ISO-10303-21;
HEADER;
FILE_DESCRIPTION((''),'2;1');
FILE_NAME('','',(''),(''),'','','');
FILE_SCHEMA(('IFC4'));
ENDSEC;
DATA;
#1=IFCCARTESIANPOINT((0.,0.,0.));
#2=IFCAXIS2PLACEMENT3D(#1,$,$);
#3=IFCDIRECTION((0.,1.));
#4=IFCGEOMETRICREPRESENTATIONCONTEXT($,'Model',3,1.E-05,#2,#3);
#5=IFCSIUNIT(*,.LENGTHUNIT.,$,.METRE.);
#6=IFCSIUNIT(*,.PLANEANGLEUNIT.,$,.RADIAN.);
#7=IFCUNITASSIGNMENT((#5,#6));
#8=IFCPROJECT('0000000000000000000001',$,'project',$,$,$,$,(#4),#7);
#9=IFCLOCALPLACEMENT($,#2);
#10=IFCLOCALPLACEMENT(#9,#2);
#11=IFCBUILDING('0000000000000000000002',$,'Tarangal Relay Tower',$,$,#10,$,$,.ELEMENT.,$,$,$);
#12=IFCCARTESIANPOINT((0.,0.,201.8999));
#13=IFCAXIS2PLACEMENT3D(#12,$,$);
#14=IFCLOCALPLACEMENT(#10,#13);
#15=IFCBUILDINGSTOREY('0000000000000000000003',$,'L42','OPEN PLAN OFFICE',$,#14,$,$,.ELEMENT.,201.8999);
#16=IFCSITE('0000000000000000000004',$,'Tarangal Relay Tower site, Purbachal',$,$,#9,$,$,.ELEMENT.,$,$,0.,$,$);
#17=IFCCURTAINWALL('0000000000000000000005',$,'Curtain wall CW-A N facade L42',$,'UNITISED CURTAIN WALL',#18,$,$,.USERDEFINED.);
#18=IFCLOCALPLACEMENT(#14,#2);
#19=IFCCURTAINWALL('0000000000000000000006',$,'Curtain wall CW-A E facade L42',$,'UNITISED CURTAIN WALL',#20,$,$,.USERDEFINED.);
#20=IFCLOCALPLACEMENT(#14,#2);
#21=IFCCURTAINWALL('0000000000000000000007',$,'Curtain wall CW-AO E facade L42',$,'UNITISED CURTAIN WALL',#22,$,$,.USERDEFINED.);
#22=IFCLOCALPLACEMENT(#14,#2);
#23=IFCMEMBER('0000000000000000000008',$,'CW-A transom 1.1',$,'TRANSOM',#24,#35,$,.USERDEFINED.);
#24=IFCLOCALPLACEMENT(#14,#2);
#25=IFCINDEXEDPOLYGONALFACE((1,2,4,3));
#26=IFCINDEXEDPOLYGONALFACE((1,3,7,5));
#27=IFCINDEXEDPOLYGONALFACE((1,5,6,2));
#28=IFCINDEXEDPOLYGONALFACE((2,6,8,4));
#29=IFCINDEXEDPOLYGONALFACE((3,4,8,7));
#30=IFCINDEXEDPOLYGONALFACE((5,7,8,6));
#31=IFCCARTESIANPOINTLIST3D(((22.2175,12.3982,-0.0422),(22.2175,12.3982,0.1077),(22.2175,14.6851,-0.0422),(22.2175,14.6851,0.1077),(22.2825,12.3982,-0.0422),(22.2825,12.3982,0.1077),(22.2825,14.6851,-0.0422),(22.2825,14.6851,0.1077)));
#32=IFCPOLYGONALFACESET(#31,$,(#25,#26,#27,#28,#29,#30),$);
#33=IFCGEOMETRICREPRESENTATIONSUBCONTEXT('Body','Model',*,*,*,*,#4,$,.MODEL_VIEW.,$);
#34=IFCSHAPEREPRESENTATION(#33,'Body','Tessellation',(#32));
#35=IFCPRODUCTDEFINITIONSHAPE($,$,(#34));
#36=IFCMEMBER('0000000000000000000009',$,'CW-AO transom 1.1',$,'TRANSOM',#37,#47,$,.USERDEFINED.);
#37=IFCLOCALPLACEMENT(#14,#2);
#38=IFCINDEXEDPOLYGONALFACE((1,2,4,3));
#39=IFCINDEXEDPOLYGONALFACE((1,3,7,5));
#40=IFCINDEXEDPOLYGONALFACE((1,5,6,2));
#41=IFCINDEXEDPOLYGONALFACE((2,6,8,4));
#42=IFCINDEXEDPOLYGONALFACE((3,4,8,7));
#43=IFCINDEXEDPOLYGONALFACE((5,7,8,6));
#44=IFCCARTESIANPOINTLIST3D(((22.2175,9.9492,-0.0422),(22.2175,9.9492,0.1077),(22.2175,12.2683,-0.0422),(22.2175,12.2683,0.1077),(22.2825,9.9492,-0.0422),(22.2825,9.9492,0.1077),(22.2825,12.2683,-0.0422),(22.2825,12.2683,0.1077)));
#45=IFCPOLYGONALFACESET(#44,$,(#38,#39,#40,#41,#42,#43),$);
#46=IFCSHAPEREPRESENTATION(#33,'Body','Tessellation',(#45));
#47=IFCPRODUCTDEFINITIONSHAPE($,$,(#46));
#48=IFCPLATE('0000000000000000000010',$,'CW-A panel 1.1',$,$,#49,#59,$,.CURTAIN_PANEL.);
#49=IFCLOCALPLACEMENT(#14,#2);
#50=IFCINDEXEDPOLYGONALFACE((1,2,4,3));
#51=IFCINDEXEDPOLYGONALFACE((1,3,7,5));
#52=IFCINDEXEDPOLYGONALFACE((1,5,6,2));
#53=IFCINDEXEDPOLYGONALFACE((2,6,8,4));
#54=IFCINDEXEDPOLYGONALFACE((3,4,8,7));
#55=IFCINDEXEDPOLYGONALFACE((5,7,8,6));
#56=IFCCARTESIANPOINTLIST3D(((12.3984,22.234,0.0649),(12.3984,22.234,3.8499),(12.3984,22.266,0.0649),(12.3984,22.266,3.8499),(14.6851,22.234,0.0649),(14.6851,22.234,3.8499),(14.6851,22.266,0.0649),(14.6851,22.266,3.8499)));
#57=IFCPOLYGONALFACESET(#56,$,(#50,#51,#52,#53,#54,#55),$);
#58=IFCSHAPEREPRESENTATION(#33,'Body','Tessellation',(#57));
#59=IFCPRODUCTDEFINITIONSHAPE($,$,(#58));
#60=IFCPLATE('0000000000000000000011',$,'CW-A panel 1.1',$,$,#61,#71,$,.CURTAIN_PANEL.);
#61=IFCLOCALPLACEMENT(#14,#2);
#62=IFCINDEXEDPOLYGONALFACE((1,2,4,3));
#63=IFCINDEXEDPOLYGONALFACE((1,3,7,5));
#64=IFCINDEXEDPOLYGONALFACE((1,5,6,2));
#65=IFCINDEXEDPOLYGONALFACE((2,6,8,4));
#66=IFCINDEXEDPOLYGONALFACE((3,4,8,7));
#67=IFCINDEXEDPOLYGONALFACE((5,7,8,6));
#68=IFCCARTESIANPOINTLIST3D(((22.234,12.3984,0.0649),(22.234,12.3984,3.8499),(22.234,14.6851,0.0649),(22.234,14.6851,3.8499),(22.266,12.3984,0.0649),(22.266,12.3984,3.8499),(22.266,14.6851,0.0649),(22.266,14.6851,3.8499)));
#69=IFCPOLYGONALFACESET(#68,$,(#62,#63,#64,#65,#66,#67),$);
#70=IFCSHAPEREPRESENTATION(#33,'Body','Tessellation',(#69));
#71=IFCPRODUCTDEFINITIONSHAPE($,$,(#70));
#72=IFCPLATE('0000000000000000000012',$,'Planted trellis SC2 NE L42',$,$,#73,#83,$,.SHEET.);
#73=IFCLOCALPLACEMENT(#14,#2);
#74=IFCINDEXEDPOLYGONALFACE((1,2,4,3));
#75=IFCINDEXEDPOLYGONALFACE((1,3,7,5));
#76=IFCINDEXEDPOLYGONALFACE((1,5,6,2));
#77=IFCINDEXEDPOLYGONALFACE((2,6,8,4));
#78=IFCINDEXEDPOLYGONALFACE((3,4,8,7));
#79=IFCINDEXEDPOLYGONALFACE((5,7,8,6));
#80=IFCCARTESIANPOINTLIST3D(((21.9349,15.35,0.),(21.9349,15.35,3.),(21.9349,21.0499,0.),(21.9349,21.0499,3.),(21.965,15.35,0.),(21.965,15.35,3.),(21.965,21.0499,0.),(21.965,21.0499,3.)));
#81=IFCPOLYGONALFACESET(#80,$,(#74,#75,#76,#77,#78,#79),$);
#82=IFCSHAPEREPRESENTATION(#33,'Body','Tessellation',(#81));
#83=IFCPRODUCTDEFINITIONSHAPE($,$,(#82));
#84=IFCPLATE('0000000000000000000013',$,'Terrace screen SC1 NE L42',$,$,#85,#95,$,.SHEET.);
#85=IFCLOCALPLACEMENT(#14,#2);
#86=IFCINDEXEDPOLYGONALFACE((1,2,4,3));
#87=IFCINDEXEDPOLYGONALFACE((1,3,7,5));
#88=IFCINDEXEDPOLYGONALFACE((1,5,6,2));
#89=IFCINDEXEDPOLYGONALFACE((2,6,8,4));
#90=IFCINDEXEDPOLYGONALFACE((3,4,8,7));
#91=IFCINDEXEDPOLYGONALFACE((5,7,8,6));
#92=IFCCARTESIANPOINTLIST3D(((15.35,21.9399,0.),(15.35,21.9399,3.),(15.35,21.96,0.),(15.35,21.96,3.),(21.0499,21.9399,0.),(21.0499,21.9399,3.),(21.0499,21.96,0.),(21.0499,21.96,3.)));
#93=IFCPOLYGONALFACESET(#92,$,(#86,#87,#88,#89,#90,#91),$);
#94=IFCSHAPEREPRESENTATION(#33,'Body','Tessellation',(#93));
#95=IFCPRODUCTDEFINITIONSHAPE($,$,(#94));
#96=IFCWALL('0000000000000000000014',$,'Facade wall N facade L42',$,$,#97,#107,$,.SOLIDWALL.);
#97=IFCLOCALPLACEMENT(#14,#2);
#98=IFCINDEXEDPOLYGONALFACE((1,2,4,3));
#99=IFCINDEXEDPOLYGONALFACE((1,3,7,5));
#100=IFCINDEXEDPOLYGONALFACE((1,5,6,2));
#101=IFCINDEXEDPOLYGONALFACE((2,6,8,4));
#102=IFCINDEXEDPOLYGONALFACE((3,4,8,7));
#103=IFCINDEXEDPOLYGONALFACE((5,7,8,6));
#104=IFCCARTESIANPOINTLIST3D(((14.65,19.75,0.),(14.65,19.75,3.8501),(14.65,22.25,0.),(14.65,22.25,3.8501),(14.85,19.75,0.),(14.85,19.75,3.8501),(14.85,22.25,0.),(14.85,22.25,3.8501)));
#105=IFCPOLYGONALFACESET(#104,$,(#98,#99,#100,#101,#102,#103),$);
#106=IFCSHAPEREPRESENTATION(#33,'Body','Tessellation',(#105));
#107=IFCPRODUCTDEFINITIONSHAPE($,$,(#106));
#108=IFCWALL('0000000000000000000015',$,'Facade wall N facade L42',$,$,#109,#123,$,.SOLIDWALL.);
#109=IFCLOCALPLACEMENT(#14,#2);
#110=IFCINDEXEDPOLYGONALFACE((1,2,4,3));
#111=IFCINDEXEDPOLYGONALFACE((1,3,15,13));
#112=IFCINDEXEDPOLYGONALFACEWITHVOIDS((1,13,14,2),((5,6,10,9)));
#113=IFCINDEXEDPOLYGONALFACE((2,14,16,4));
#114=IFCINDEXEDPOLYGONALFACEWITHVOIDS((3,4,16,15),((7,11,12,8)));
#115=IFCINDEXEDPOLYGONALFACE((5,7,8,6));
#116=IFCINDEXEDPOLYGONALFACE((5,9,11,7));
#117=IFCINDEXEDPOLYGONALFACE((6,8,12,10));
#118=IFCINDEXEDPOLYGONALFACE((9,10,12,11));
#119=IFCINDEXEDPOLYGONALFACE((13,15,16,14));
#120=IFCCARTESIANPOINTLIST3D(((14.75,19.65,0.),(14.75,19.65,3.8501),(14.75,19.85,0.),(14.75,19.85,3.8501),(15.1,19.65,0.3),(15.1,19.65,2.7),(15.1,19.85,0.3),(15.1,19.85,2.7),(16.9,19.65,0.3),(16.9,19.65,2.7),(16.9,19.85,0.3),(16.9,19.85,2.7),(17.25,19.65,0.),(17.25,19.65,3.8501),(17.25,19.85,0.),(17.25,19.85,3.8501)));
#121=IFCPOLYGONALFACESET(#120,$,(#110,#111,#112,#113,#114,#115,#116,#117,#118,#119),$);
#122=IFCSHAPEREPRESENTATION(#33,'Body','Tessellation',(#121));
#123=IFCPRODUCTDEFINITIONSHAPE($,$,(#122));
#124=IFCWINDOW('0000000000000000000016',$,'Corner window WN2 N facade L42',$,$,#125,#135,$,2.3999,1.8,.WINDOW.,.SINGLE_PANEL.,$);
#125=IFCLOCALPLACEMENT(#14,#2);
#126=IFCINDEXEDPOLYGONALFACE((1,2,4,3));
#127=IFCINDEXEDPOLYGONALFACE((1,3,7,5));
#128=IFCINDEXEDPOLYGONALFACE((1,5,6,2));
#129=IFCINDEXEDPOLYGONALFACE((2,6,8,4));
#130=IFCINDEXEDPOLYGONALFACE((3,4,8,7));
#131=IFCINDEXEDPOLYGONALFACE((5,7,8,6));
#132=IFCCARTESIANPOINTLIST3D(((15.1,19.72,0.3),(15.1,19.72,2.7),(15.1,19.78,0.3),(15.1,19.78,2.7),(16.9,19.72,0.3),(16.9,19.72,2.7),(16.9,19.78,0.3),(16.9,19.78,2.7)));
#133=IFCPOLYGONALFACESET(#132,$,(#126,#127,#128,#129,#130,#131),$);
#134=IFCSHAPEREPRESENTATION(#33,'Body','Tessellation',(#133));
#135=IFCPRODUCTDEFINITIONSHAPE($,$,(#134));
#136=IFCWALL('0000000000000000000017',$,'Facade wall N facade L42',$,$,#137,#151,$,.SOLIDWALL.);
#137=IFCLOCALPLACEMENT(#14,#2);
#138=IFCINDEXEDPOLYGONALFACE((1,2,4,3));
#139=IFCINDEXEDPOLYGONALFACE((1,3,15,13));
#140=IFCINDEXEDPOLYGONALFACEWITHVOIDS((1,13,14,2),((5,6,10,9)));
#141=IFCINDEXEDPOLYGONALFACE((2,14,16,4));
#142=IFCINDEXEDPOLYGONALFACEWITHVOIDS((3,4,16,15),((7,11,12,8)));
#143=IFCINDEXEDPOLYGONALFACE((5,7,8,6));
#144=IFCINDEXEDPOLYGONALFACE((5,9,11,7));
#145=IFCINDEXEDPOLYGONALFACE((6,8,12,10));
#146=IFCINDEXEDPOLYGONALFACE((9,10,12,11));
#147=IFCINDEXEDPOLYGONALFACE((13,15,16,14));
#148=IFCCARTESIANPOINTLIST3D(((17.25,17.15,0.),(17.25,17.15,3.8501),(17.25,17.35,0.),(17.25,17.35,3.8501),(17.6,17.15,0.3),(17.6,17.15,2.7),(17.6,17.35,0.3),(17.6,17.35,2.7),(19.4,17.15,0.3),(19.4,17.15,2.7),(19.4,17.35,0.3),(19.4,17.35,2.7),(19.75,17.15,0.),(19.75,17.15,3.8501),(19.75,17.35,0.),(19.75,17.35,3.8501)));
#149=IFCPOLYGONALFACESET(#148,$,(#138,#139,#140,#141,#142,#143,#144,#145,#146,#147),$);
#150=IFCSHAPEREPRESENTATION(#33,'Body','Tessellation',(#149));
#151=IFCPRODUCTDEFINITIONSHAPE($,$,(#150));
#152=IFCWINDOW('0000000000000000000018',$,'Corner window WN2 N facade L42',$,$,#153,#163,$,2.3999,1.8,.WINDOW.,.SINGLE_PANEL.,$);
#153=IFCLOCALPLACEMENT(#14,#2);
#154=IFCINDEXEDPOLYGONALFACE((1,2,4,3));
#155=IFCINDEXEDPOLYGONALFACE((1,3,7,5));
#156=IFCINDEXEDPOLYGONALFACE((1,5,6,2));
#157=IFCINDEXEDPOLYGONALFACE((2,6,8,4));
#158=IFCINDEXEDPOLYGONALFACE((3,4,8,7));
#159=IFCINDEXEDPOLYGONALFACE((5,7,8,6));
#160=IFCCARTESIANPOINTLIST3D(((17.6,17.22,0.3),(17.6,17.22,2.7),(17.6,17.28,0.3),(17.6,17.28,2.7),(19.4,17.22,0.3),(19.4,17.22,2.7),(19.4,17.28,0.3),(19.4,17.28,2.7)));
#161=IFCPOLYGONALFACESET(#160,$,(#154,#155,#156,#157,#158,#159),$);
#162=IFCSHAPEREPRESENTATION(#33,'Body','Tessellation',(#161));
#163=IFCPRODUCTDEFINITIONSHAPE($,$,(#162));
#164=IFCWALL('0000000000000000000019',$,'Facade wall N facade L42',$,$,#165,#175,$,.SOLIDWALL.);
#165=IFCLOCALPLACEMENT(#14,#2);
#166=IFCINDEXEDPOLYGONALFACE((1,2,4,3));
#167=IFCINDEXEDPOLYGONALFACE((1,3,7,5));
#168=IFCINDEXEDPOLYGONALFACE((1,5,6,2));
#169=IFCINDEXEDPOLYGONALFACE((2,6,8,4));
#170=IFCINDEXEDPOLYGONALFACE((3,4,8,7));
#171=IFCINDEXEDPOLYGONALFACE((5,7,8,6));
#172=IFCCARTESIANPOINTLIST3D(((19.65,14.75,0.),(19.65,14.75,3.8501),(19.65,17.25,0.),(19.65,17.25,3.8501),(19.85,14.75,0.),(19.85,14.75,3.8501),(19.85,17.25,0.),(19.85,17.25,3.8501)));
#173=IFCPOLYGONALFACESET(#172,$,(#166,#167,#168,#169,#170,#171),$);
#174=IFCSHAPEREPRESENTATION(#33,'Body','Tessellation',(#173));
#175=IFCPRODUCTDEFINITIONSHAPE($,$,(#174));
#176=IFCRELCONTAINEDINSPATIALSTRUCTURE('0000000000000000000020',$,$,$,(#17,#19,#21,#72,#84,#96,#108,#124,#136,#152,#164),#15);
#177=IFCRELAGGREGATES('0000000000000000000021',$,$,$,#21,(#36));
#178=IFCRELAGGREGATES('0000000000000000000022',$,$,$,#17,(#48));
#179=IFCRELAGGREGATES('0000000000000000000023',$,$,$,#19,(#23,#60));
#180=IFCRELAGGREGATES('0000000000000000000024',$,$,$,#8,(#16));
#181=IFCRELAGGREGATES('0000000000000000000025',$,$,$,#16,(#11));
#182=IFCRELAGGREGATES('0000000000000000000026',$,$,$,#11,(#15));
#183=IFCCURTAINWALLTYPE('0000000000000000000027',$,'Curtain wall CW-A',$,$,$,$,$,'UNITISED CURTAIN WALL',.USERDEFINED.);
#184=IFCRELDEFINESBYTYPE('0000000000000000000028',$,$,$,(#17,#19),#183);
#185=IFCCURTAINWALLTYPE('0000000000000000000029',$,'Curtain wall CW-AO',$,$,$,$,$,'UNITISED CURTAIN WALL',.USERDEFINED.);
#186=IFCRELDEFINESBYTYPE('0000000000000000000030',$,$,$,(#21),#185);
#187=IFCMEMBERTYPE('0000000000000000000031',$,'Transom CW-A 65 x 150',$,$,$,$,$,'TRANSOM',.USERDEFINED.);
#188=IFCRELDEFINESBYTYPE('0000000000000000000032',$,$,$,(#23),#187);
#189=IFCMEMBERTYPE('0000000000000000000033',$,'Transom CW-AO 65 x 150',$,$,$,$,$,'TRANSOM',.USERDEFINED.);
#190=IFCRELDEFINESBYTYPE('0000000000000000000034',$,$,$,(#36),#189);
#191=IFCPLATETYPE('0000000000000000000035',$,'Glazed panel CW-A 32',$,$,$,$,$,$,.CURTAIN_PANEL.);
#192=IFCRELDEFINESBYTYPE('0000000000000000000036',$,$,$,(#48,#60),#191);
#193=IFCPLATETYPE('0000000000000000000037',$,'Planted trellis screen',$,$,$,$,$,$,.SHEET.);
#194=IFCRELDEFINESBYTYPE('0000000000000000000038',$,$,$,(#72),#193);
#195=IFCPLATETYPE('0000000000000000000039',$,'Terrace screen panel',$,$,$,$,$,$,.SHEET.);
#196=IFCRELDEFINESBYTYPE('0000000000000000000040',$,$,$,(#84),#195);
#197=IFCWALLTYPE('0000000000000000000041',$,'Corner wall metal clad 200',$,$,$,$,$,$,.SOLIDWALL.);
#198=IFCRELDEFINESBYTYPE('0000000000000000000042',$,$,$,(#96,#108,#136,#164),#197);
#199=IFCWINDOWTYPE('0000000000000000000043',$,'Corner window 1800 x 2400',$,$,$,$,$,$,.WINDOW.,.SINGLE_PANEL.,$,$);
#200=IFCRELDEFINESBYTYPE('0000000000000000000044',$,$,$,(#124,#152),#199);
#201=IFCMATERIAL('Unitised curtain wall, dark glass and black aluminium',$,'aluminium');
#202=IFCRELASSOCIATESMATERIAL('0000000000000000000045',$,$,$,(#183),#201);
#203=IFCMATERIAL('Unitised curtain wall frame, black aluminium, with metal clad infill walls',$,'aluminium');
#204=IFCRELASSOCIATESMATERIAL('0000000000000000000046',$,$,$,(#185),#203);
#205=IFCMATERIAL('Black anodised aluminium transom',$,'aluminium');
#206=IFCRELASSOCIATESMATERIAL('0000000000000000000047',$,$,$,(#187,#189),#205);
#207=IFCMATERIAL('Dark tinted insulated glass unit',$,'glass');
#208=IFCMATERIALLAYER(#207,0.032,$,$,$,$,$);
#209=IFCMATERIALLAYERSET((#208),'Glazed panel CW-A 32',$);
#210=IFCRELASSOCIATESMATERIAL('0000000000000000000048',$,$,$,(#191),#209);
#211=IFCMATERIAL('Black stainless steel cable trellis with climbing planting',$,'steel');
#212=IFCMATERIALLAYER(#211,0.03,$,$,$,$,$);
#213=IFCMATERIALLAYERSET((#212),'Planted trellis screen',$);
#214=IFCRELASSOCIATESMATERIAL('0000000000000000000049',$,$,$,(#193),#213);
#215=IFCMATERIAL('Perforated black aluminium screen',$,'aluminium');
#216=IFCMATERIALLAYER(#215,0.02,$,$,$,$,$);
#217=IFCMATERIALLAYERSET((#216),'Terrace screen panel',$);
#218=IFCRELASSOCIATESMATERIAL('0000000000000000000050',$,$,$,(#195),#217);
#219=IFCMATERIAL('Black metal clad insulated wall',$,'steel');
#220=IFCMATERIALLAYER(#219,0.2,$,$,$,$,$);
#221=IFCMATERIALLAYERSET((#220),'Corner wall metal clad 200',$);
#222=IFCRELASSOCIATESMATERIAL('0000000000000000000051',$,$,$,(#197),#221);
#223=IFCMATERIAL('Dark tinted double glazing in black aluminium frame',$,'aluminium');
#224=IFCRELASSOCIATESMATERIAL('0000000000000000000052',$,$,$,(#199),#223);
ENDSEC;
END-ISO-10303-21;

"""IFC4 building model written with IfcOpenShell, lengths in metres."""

from ifc_helpers import new_model, si_unit, direction, frame, frame_2d, origin, origin_2d, place, context, subcontext, project, spatial, rectangle, extrude, material, layer, layer_set, material_profile, profile_set, type_object, element, fill, aggregate, save


model = new_model("IFC4")

# Units and contexts
model_context = context("Model", 3, precision=1e-05, world=origin(), true_north=direction((0.0, 1.0)))
body_context = subcontext(model_context, "Body", "Model", "MODEL_VIEW")
ifc_project = project(units=[si_unit("LENGTHUNIT", "METRE"), si_unit("PLANEANGLEUNIT", "RADIAN")], contexts=[model_context])

# Site, building, storey
site_placement = place(None, origin())
site = spatial("IfcSite", under=ifc_project, at=site_placement, Name="Tarangal Relay Tower site, Purbachal", CompositionType="ELEMENT", RefElevation=0.0)
building_placement = place(site_placement, origin())
building = spatial("IfcBuilding", under=site, at=building_placement, Name="Tarangal Relay Tower", CompositionType="ELEMENT")
storey_placement = place(building_placement, frame((0.0, 0.0, 201.8999)))
storey = spatial("IfcBuildingStorey", under=building, at=storey_placement, Name="L42", Description="OPEN PLAN OFFICE", CompositionType="ELEMENT", Elevation=201.8999)

# Curtain walls
ifc_material_1 = material(Name="Unitised curtain wall, dark glass and black aluminium", Category="aluminium")
curtain_wall_type_1 = type_object("IfcCurtainWallType", Name="Curtain wall CW-A", ElementType="UNITISED CURTAIN WALL", PredefinedType="USERDEFINED", material=ifc_material_1)
curtain_wall_1_placement = place(storey_placement, origin())
curtain_wall_1 = element("IfcCurtainWall", 1, at=curtain_wall_1_placement, inside=storey, type_object=curtain_wall_type_1, Name="Curtain wall CW-A N facade L42", ObjectType="UNITISED CURTAIN WALL", PredefinedType="USERDEFINED")
curtain_wall_2_placement = place(storey_placement, origin())
curtain_wall_2 = element("IfcCurtainWall", 2, at=curtain_wall_2_placement, inside=storey, type_object=curtain_wall_type_1, Name="Curtain wall CW-A E facade L42", ObjectType="UNITISED CURTAIN WALL", PredefinedType="USERDEFINED")

# Curtain wall
ifc_material_2 = material(Name="Unitised curtain wall frame, black aluminium, with metal clad infill walls", Category="aluminium")
curtain_wall_type_2 = type_object("IfcCurtainWallType", Name="Curtain wall CW-AO", ElementType="UNITISED CURTAIN WALL", PredefinedType="USERDEFINED", material=ifc_material_2)
curtain_wall_3_placement = place(storey_placement, origin())
curtain_wall_3 = element("IfcCurtainWall", 3, at=curtain_wall_3_placement, inside=storey, type_object=curtain_wall_type_2, Name="Curtain wall CW-AO E facade L42", ObjectType="UNITISED CURTAIN WALL", PredefinedType="USERDEFINED")

# Members
ifc_material_3 = material(Name="Black anodised aluminium transom", Category="aluminium")
ifc_material_profile_1 = material_profile(ifc_material_3, rectangle(XDim=0.0649, YDim=0.1499, at=origin_2d()), Name="CW-AT 65X150")
ifc_profile_set_1 = profile_set([ifc_material_profile_1], Name="Black anodised aluminium transom")
member_type_1 = type_object("IfcMemberType", Name="Transom CW-A 65 x 150", ElementType="TRANSOM", PredefinedType="USERDEFINED", material=ifc_profile_set_1)
member_1_placement = place(storey_placement, frame((22.25, 14.6851, 0.0327), z_axis=(0.0, -1.0, 0.0), x_axis=(1.0, 0.0, 0.0)))
member_1 = element("IfcMember", 4, at=member_1_placement, type_object=member_type_1, Name="CW-A transom 1.1", ObjectType="TRANSOM", PredefinedType="USERDEFINED", context=body_context, shape_type="SweptSolid", body=[
    extrude(rectangle(XDim=0.0649, YDim=0.1499, at=origin_2d()), origin(), (0.0, 0.0, 1.0), 2.2869),
])
ifc_material_profile_2 = material_profile(ifc_material_3, rectangle(XDim=0.0649, YDim=0.1499, at=origin_2d()), Name="CW-AOT 65X150")
ifc_profile_set_2 = profile_set([ifc_material_profile_2], Name="Black anodised aluminium transom")
member_type_2 = type_object("IfcMemberType", Name="Transom CW-AO 65 x 150", ElementType="TRANSOM", PredefinedType="USERDEFINED", material=ifc_profile_set_2)
member_2_placement = place(storey_placement, frame((22.25, 12.2683, 0.0327), z_axis=(0.0, -1.0, 0.0), x_axis=(1.0, 0.0, 0.0)))
member_2 = element("IfcMember", 5, at=member_2_placement, type_object=member_type_2, Name="CW-AO transom 1.1", ObjectType="TRANSOM", PredefinedType="USERDEFINED", context=body_context, shape_type="SweptSolid", body=[
    extrude(rectangle(XDim=0.0649, YDim=0.1499, at=origin_2d()), origin(), (0.0, 0.0, 1.0), 2.3191),
])
aggregate(curtain_wall_3, [member_2])

# Plates
ifc_material_4 = material(Name="Dark tinted insulated glass unit", Category="glass")
ifc_layer_1 = layer(ifc_material_4, 0.032)
ifc_layer_set_1 = layer_set([ifc_layer_1], Name="Glazed panel CW-A 32")
plate_type_1 = type_object("IfcPlateType", Name="Glazed panel CW-A 32", PredefinedType="CURTAIN_PANEL", material=ifc_layer_set_1)
plate_1_placement = place(storey_placement, frame((13.5417, 22.25, 0.0649), z_axis=(0.0, 0.0, 1.0), x_axis=(1.0, 0.0, 0.0)))
plate_1 = element("IfcPlate", 6, at=plate_1_placement, type_object=plate_type_1, Name="CW-A panel 1.1", PredefinedType="CURTAIN_PANEL", context=body_context, shape_type="SweptSolid", body=[
    extrude(rectangle(XDim=2.2866, YDim=0.032, at=origin_2d()), origin(), (0.0, 0.0, 1.0), 3.7849),
])
aggregate(curtain_wall_1, [plate_1])
plate_2_placement = place(storey_placement, frame((22.25, 13.5417, 0.0649), z_axis=(0.0, 0.0, 1.0), x_axis=(0.0, -1.0, 0.0)))
plate_2 = element("IfcPlate", 7, at=plate_2_placement, type_object=plate_type_1, Name="CW-A panel 1.1", PredefinedType="CURTAIN_PANEL", context=body_context, shape_type="SweptSolid", body=[
    extrude(rectangle(XDim=2.2866, YDim=0.032, at=origin_2d()), origin(), (0.0, 0.0, 1.0), 3.7849),
])
aggregate(curtain_wall_2, [member_1, plate_2])

# Plates
ifc_material_5 = material(Name="Black stainless steel cable trellis with climbing planting", Category="steel")
ifc_layer_2 = layer(ifc_material_5, 0.03)
ifc_layer_set_2 = layer_set([ifc_layer_2], Name="Planted trellis screen")
plate_type_2 = type_object("IfcPlateType", Name="Planted trellis screen", PredefinedType="SHEET", material=ifc_layer_set_2)
plate_3_placement = place(storey_placement, frame((21.95, 18.2, 0.0), z_axis=(0.0, 0.0, 1.0), x_axis=(0.0, -1.0, 0.0)))
element("IfcPlate", 8, at=plate_3_placement, inside=storey, type_object=plate_type_2, Name="Planted trellis SC2 NE L42", PredefinedType="SHEET", context=body_context, shape_type="SweptSolid", body=[
    extrude(rectangle(XDim=5.7, YDim=0.03, at=origin_2d()), origin(), (0.0, 0.0, 1.0), 3.0),
])
ifc_material_6 = material(Name="Perforated black aluminium screen", Category="aluminium")
ifc_layer_3 = layer(ifc_material_6, 0.02)
ifc_layer_set_3 = layer_set([ifc_layer_3], Name="Terrace screen panel")
plate_type_3 = type_object("IfcPlateType", Name="Terrace screen panel", PredefinedType="SHEET", material=ifc_layer_set_3)
plate_4_placement = place(storey_placement, frame((18.2, 21.95, 0.0), z_axis=(0.0, 0.0, 1.0), x_axis=(1.0, 0.0, 0.0)))
element("IfcPlate", 9, at=plate_4_placement, inside=storey, type_object=plate_type_3, Name="Terrace screen SC1 NE L42", PredefinedType="SHEET", context=body_context, shape_type="SweptSolid", body=[
    extrude(rectangle(XDim=5.7, YDim=0.02, at=origin_2d()), origin(), (0.0, 0.0, 1.0), 3.0),
])

# Wall
ifc_material_7 = material(Name="Black metal clad insulated wall", Category="steel")
ifc_layer_4 = layer(ifc_material_7, 0.2)
ifc_layer_set_4 = layer_set([ifc_layer_4], Name="Corner wall metal clad 200")
wall_type_1 = type_object("IfcWallType", Name="Corner wall metal clad 200", PredefinedType="SOLIDWALL", material=ifc_layer_set_4)
wall_1_placement = place(storey_placement, frame((14.75, 22.25, 0.0), z_axis=(0.0, 0.0, 1.0), x_axis=(0.0, -1.0, 0.0)))
element("IfcWall", 10, at=wall_1_placement, inside=storey, type_object=wall_type_1, Name="Facade wall N facade L42", PredefinedType="SOLIDWALL", context=body_context, shape_type="SweptSolid", body=[
    extrude(rectangle(XDim=2.5, YDim=0.2, at=frame_2d((1.25, 0.0))), origin(), (0.0, 0.0, 1.0), 3.8501),
])

# Wall, opening, window
wall_2_placement = place(storey_placement, frame((14.75, 19.75, 0.0), z_axis=(0.0, 0.0, 1.0), x_axis=(1.0, 0.0, 0.0)))
wall_2 = element("IfcWall", 11, at=wall_2_placement, inside=storey, type_object=wall_type_1, Name="Facade wall N facade L42", PredefinedType="SOLIDWALL", context=body_context, shape_type="SweptSolid", body=[
    extrude(rectangle(XDim=2.5, YDim=0.2, at=frame_2d((1.25, 0.0))), origin(), (0.0, 0.0, 1.0), 3.8501),
])
opening_1_placement = place(wall_2_placement, frame((0.3501, 0.0, 0.3)))
opening_1 = element("IfcOpeningElement", 12, at=opening_1_placement, cuts=wall_2, PredefinedType="OPENING", context=body_context, shape_type="SweptSolid", body=[
    extrude(rectangle(XDim=1.8, YDim=2.3999, at=frame_2d((0.8999, 1.2))), frame((0.0, 0.1099, 0.0), z_axis=(0.0, -1.0, 0.0), x_axis=(1.0, 0.0, 0.0)), (0.0, 0.0, 1.0), 0.22),
])
ifc_material_8 = material(Name="Dark tinted double glazing in black aluminium frame", Category="aluminium")
window_type = type_object("IfcWindowType", Name="Corner window 1800 x 2400", PartitioningType="SINGLE_PANEL", PredefinedType="WINDOW", material=ifc_material_8)
window_1_placement = place(opening_1_placement, origin())
window_1 = element("IfcWindow", 13, at=window_1_placement, inside=storey, type_object=window_type, Name="Corner window WN2 N facade L42", OverallHeight=2.3999, OverallWidth=1.8, PartitioningType="SINGLE_PANEL", PredefinedType="WINDOW", context=body_context, shape_type="SweptSolid", body=[
    extrude(rectangle(XDim=1.8, YDim=2.3999, at=frame_2d((0.8999, 1.2))), frame((0.0, 0.03, 0.0), z_axis=(0.0, -1.0, 0.0), x_axis=(1.0, 0.0, 0.0)), (0.0, 0.0, 1.0), 0.0601),
])
fill(opening_1, window_1)

# Wall, opening, window
wall_3_placement = place(storey_placement, frame((17.25, 17.25, 0.0), z_axis=(0.0, 0.0, 1.0), x_axis=(1.0, 0.0, 0.0)))
wall_3 = element("IfcWall", 14, at=wall_3_placement, inside=storey, type_object=wall_type_1, Name="Facade wall N facade L42", PredefinedType="SOLIDWALL", context=body_context, shape_type="SweptSolid", body=[
    extrude(rectangle(XDim=2.5, YDim=0.2, at=frame_2d((1.25, 0.0))), origin(), (0.0, 0.0, 1.0), 3.8501),
])
opening_2_placement = place(wall_3_placement, frame((0.3501, 0.0, 0.3)))
opening_2 = element("IfcOpeningElement", 15, at=opening_2_placement, cuts=wall_3, PredefinedType="OPENING", context=body_context, shape_type="SweptSolid", body=[
    extrude(rectangle(XDim=1.8, YDim=2.3999, at=frame_2d((0.8999, 1.2))), frame((0.0, 0.1099, 0.0), z_axis=(0.0, -1.0, 0.0), x_axis=(1.0, 0.0, 0.0)), (0.0, 0.0, 1.0), 0.22),
])
window_2_placement = place(opening_2_placement, origin())
window_2 = element("IfcWindow", 16, at=window_2_placement, inside=storey, type_object=window_type, Name="Corner window WN2 N facade L42", OverallHeight=2.3999, OverallWidth=1.8, PartitioningType="SINGLE_PANEL", PredefinedType="WINDOW", context=body_context, shape_type="SweptSolid", body=[
    extrude(rectangle(XDim=1.8, YDim=2.3999, at=frame_2d((0.8999, 1.2))), frame((0.0, 0.03, 0.0), z_axis=(0.0, -1.0, 0.0), x_axis=(1.0, 0.0, 0.0)), (0.0, 0.0, 1.0), 0.0601),
])
fill(opening_2, window_2)

# Wall
wall_4_placement = place(storey_placement, frame((19.75, 17.25, 0.0), z_axis=(0.0, 0.0, 1.0), x_axis=(0.0, -1.0, 0.0)))
element("IfcWall", 17, at=wall_4_placement, inside=storey, type_object=wall_type_1, Name="Facade wall N facade L42", PredefinedType="SOLIDWALL", context=body_context, shape_type="SweptSolid", body=[
    extrude(rectangle(XDim=2.5, YDim=0.2, at=frame_2d((1.25, 0.0))), origin(), (0.0, 0.0, 1.0), 3.8501),
])

save(model, "model.ifc")
